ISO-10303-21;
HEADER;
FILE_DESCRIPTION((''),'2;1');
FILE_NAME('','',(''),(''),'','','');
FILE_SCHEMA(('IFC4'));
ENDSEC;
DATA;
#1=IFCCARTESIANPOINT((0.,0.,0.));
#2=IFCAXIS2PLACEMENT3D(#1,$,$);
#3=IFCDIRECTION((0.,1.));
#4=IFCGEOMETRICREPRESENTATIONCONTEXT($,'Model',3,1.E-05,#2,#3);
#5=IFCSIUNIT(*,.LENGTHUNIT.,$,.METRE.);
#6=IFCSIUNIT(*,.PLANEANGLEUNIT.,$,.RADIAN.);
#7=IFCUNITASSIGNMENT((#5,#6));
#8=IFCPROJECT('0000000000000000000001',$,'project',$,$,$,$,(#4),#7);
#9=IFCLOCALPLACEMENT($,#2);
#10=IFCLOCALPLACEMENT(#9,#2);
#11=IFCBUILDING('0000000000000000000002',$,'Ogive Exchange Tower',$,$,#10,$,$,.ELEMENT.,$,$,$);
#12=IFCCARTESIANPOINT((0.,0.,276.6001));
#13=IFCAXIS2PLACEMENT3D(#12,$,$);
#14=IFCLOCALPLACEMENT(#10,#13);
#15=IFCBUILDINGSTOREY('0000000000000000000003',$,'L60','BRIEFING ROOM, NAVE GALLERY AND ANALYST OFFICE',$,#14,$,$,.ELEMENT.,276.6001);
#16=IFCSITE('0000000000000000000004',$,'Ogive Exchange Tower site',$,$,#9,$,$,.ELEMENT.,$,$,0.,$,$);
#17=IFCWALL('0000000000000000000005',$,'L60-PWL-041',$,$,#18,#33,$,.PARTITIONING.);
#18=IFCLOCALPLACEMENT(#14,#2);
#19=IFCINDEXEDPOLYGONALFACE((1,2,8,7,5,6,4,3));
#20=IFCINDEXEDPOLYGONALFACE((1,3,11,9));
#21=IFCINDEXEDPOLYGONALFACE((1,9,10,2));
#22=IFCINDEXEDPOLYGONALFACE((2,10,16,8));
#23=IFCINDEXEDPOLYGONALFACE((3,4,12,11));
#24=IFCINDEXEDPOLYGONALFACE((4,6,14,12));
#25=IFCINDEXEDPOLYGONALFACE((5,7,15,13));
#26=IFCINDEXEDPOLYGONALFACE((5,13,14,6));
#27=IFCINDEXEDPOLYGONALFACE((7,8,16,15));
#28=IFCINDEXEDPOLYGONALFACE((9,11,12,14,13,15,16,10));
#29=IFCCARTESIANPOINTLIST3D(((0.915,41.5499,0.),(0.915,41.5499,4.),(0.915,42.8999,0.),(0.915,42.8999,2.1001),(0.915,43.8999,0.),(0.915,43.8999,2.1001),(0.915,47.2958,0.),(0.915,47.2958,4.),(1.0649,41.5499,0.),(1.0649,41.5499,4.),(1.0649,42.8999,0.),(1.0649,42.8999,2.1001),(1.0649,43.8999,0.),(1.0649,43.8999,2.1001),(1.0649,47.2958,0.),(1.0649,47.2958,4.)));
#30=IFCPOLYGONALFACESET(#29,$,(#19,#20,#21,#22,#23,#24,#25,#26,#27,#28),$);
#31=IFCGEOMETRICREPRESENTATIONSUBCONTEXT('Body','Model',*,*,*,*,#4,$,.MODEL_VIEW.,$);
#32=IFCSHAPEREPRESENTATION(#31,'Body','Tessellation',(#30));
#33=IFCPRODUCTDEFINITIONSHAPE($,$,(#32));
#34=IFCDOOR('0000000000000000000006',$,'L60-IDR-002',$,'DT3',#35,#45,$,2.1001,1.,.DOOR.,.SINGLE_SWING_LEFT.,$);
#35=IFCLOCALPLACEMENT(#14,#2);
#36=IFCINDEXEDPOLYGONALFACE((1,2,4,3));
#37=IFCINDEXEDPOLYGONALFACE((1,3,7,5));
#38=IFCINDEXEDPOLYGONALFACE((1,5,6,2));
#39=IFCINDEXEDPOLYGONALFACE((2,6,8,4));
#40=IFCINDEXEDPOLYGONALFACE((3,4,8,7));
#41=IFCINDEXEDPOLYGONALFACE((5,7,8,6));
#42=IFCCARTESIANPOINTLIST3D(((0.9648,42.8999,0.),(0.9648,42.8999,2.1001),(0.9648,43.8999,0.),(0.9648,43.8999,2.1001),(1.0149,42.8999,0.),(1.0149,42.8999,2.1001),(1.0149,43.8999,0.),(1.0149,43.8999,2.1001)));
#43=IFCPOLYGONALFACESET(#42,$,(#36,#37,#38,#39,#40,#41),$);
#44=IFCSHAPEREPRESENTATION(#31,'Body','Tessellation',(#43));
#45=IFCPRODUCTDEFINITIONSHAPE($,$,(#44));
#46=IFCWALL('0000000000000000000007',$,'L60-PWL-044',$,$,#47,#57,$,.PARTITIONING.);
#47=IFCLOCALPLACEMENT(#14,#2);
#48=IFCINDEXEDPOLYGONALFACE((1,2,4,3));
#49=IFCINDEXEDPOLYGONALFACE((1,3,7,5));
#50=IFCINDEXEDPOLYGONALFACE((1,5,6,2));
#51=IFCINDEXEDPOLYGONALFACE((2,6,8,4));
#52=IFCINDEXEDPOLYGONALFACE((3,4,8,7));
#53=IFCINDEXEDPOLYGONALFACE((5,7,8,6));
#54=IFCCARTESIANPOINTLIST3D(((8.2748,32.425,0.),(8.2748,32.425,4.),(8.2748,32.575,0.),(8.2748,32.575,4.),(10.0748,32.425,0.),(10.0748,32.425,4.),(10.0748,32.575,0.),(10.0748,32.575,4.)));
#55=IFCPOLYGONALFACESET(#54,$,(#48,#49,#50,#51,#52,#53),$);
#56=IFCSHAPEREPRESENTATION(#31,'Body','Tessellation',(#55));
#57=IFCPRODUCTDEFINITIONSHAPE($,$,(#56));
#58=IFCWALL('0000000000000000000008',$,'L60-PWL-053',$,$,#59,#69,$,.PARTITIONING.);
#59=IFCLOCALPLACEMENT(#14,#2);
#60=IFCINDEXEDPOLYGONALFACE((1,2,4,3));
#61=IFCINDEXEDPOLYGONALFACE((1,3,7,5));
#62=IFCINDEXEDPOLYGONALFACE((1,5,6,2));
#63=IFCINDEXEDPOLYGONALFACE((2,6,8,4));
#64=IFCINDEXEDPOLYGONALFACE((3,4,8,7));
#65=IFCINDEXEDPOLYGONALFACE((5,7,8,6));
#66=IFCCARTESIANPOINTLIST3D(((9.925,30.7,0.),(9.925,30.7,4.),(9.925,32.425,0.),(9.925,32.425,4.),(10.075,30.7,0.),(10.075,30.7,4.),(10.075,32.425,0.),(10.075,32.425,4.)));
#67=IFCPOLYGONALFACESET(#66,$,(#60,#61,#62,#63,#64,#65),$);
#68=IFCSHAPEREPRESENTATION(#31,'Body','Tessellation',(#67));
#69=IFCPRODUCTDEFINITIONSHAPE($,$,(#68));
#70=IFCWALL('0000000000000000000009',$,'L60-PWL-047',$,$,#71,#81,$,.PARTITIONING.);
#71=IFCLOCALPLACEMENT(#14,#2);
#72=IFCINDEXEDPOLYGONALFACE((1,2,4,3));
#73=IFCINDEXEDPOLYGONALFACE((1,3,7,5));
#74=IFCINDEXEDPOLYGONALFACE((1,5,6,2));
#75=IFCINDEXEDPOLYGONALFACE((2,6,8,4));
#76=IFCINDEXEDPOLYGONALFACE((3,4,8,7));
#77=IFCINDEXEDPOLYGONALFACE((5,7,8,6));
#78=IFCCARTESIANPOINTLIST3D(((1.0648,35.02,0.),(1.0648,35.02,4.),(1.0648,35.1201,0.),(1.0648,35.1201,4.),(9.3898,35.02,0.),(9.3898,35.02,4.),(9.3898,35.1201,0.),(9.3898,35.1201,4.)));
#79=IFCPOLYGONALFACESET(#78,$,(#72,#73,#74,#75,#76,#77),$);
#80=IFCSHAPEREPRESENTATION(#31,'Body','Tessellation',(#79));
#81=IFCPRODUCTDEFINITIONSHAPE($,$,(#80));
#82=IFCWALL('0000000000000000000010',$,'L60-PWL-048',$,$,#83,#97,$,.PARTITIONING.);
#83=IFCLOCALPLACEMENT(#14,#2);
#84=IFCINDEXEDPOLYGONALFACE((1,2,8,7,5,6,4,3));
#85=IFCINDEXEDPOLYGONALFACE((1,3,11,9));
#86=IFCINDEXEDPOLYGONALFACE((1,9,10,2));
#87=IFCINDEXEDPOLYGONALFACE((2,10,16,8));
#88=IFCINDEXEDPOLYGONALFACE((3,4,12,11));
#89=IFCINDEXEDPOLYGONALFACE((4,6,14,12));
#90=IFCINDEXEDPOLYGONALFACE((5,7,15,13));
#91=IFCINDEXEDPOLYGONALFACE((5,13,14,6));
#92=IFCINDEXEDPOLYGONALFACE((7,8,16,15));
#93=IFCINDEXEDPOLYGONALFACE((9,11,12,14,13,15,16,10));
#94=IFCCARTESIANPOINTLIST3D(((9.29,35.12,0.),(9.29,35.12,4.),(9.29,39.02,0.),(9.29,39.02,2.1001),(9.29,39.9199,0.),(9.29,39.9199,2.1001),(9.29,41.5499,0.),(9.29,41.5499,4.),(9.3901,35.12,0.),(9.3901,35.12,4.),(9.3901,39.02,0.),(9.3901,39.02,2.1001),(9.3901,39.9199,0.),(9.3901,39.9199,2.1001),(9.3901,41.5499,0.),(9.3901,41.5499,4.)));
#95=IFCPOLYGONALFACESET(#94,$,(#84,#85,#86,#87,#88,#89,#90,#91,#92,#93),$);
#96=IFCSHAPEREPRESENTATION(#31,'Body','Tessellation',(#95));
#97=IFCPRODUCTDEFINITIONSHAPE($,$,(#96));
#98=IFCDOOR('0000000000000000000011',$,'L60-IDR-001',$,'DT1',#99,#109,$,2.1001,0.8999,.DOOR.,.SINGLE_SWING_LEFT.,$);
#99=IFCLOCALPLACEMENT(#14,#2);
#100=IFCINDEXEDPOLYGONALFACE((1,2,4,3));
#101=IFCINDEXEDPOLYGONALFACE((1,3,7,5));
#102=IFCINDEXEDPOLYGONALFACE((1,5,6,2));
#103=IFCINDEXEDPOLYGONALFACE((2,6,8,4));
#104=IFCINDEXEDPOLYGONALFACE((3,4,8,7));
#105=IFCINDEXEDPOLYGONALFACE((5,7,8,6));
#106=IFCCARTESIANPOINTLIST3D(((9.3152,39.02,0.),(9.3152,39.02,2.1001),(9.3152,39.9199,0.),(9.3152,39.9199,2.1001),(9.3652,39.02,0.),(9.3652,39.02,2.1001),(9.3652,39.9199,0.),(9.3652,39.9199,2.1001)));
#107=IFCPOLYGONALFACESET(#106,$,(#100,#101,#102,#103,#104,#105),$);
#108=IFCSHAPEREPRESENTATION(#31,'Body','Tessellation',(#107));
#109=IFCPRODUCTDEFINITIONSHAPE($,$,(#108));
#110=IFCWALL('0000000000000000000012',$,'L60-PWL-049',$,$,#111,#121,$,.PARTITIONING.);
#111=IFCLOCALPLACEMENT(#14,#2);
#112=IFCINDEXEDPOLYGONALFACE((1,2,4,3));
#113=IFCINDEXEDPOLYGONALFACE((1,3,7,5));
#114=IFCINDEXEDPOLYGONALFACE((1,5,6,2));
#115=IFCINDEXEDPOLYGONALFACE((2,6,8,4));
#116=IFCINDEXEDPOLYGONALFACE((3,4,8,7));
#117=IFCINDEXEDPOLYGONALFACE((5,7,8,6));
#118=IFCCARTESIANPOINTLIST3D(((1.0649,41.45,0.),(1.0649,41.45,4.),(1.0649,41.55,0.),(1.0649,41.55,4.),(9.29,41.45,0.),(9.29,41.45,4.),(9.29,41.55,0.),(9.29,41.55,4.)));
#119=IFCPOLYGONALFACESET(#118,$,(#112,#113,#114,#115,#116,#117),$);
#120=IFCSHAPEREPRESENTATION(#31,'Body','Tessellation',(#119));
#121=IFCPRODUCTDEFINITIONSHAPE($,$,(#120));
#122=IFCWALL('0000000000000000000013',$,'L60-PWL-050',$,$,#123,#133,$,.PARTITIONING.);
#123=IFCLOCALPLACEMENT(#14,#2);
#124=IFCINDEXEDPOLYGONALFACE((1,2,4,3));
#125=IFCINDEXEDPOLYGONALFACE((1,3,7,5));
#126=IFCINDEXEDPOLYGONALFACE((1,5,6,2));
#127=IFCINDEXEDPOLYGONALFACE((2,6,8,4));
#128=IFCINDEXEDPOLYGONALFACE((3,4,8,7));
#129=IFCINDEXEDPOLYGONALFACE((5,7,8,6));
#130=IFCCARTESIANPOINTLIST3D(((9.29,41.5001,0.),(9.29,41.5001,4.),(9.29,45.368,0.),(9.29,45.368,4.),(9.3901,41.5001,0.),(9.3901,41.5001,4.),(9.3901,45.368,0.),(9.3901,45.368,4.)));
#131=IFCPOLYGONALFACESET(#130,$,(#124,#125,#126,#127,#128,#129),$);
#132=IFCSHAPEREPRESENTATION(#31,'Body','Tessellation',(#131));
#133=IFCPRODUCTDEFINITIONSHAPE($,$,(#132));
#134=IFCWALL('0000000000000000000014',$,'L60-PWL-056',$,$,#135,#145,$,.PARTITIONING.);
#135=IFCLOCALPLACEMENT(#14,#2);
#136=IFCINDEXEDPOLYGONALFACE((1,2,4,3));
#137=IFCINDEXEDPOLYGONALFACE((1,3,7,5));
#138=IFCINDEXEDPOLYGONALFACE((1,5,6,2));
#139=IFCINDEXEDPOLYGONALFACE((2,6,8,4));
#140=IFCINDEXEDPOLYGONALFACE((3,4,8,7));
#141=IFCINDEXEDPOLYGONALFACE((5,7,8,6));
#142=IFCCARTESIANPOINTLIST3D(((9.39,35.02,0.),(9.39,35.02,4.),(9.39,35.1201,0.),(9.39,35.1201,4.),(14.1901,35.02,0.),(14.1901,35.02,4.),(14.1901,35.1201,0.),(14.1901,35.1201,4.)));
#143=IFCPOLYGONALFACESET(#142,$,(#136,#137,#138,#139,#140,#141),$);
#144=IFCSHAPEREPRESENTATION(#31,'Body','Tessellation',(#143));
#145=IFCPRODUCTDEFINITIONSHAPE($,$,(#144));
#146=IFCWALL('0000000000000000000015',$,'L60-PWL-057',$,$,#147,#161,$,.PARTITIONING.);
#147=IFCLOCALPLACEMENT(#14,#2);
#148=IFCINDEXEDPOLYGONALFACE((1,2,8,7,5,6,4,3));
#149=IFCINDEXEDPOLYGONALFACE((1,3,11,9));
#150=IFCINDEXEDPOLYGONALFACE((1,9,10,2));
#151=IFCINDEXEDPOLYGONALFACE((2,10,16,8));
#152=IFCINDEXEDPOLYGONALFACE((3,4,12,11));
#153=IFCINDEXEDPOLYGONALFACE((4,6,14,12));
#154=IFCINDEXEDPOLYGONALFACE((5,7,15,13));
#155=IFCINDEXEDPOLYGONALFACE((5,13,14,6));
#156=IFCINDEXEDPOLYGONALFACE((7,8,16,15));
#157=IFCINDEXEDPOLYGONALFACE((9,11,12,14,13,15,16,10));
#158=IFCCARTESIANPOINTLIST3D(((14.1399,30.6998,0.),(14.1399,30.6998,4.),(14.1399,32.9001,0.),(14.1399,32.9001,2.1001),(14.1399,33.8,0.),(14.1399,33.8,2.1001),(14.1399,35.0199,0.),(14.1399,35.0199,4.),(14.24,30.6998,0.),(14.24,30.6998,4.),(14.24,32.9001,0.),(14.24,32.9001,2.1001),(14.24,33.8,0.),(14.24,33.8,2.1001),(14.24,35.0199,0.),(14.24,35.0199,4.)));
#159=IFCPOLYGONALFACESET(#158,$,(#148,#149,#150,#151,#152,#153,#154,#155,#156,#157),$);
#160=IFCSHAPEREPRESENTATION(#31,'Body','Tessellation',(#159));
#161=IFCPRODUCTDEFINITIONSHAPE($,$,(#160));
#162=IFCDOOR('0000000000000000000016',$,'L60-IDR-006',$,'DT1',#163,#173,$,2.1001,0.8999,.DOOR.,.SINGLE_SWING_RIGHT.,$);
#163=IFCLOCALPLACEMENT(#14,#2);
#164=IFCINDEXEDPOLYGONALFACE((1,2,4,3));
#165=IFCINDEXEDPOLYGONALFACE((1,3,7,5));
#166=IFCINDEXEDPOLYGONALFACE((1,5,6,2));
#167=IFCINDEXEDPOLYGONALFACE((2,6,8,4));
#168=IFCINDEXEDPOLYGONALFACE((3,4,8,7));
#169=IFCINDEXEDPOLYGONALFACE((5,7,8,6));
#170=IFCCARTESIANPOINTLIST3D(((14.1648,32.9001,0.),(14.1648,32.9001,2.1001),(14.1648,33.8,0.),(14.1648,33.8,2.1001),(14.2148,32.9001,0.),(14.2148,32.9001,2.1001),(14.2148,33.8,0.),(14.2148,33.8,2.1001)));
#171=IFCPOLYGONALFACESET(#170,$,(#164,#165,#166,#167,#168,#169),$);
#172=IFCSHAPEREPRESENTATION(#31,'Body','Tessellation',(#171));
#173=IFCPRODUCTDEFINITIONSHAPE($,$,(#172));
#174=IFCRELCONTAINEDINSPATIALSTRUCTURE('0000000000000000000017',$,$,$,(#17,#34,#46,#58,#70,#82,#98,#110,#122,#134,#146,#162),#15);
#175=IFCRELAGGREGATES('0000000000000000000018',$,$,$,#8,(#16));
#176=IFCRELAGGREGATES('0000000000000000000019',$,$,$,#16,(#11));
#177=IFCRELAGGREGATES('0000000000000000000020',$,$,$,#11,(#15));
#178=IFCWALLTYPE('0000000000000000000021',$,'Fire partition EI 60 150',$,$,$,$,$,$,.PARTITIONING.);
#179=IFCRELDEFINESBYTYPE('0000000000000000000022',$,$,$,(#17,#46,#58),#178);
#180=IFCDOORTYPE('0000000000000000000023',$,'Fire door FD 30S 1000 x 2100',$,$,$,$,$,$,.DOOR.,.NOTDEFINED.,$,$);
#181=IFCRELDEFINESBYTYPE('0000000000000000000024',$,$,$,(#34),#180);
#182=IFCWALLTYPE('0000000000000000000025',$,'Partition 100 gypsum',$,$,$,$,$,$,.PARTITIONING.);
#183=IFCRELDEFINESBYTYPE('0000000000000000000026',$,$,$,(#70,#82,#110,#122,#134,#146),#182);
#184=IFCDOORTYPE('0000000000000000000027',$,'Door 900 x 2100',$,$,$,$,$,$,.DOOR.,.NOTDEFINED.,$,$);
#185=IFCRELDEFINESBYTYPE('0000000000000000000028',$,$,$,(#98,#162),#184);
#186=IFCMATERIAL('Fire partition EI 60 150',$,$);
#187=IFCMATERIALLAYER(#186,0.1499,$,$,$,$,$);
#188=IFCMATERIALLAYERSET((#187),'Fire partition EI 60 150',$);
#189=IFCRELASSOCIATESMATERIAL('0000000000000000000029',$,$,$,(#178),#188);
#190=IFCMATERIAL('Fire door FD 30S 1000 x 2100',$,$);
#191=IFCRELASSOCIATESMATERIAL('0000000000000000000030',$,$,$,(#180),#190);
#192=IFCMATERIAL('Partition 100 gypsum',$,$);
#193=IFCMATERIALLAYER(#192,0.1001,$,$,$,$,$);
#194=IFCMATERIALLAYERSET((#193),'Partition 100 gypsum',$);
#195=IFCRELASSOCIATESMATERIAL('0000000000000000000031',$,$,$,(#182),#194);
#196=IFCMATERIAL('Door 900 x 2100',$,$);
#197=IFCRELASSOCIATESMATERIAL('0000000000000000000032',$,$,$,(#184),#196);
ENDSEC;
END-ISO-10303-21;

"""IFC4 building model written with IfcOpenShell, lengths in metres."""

from ifc_helpers import new_model, si_unit, direction, frame, frame_2d, origin, place, context, subcontext, project, spatial, rectangle, extrude, material, layer, layer_set, type_object, element, fill, save


model = new_model("IFC4")

# Units and contexts
model_context = context("Model", 3, precision=1e-05, world=origin(), true_north=direction((0.0, 1.0)))
body_context = subcontext(model_context, "Body", "Model", "MODEL_VIEW")
ifc_project = project(units=[si_unit("LENGTHUNIT", "METRE"), si_unit("PLANEANGLEUNIT", "RADIAN")], contexts=[model_context])

# Site, building, storey
site_placement = place(None, origin())
site = spatial("IfcSite", under=ifc_project, at=site_placement, Name="Ogive Exchange Tower site", CompositionType="ELEMENT", RefElevation=0.0)
building_placement = place(site_placement, origin())
building = spatial("IfcBuilding", under=site, at=building_placement, Name="Ogive Exchange Tower", CompositionType="ELEMENT")
storey_placement = place(building_placement, frame((0.0, 0.0, 276.6001)))
storey = spatial("IfcBuildingStorey", under=building, at=storey_placement, Name="L60", Description="BRIEFING ROOM, NAVE GALLERY AND ANALYST OFFICE", CompositionType="ELEMENT", Elevation=276.6001)

# Wall, opening, door
ifc_material_1 = material(Name="Fire partition EI 60 150")
ifc_layer_1 = layer(ifc_material_1, 0.1499)
ifc_layer_set_1 = layer_set([ifc_layer_1], Name="Fire partition EI 60 150")
wall_type_1 = type_object("IfcWallType", Name="Fire partition EI 60 150", PredefinedType="PARTITIONING", material=ifc_layer_set_1)
ifc_material_2 = material(Name="Fire door FD 30S 1000 x 2100")
door_type_1 = type_object("IfcDoorType", Name="Fire door FD 30S 1000 x 2100", OperationType="NOTDEFINED", PredefinedType="DOOR", material=ifc_material_2)
wall_1_placement = place(storey_placement, frame((0.99, 47.2959, 0.0), z_axis=(0.0, 0.0, 1.0), x_axis=(0.0, -1.0, 0.0)))
wall_1 = element("IfcWall", 1, at=wall_1_placement, inside=storey, type_object=wall_type_1, Name="L60-PWL-041", PredefinedType="PARTITIONING", context=body_context, shape_type="SweptSolid", body=[
    extrude(rectangle(XDim=5.7458, YDim=0.1499, at=frame_2d((2.873, 0.0))), origin(), (0.0, 0.0, 1.0), 4.0),
])
opening_1_placement = place(wall_1_placement, frame((3.396, 0.0, 0.0)))
opening_1 = element("IfcOpeningElement", 2, at=opening_1_placement, cuts=wall_1, PredefinedType="OPENING", context=body_context, shape_type="SweptSolid", body=[
    extrude(rectangle(XDim=1.0, YDim=2.1001, at=frame_2d((0.5, 1.05))), frame((0.0, 0.085, 0.0), z_axis=(0.0, -1.0, 0.0), x_axis=(1.0, 0.0, 0.0)), (0.0, 0.0, 1.0), 0.1699),
])
door_1_placement = place(opening_1_placement, origin())
door_1 = element("IfcDoor", 3, at=door_1_placement, inside=storey, type_object=door_type_1, Name="L60-IDR-002", ObjectType="DT3", OperationType="SINGLE_SWING_LEFT", OverallHeight=2.1001, OverallWidth=1.0, PredefinedType="DOOR", context=body_context, shape_type="SweptSolid", body=[
    extrude(rectangle(XDim=1.0, YDim=2.1001, at=frame_2d((0.5, 1.05))), frame((0.0, 0.0249, 0.0), z_axis=(0.0, -1.0, 0.0), x_axis=(1.0, 0.0, 0.0)), (0.0, 0.0, 1.0), 0.05),
])
fill(opening_1, door_1)

# Walls
wall_2_placement = place(storey_placement, frame((8.2749, 32.5, 0.0), z_axis=(0.0, 0.0, 1.0), x_axis=(1.0, 0.0, 0.0)))
element("IfcWall", 4, at=wall_2_placement, inside=storey, type_object=wall_type_1, Name="L60-PWL-044", PredefinedType="PARTITIONING", context=body_context, shape_type="SweptSolid", body=[
    extrude(rectangle(XDim=1.8, YDim=0.1499, at=frame_2d((0.8999, 0.0))), origin(), (0.0, 0.0, 1.0), 4.0),
])
wall_3_placement = place(storey_placement, frame((10.0, 32.425, 0.0), z_axis=(0.0, 0.0, 1.0), x_axis=(0.0, -1.0, 0.0)))
element("IfcWall", 5, at=wall_3_placement, inside=storey, type_object=wall_type_1, Name="L60-PWL-053", PredefinedType="PARTITIONING", context=body_context, shape_type="SweptSolid", body=[
    extrude(rectangle(XDim=1.7251, YDim=0.1499, at=frame_2d((0.8625, 0.0))), origin(), (0.0, 0.0, 1.0), 4.0),
])
ifc_material_3 = material(Name="Partition 100 gypsum")
ifc_layer_2 = layer(ifc_material_3, 0.1001)
ifc_layer_set_2 = layer_set([ifc_layer_2], Name="Partition 100 gypsum")
wall_type_2 = type_object("IfcWallType", Name="Partition 100 gypsum", PredefinedType="PARTITIONING", material=ifc_layer_set_2)
wall_4_placement = place(storey_placement, frame((9.3899, 35.0701, 0.0), z_axis=(0.0, 0.0, 1.0), x_axis=(-1.0, 0.0, 0.0)))
element("IfcWall", 6, at=wall_4_placement, inside=storey, type_object=wall_type_2, Name="L60-PWL-047", PredefinedType="PARTITIONING", context=body_context, shape_type="SweptSolid", body=[
    extrude(rectangle(XDim=8.325, YDim=0.1001, at=frame_2d((4.1626, 0.0))), origin(), (0.0, 0.0, 1.0), 4.0),
])

# Wall, opening, door
wall_5_placement = place(storey_placement, frame((9.3401, 35.1201, 0.0), z_axis=(0.0, 0.0, 1.0), x_axis=(0.0, 1.0, 0.0)))
wall_5 = element("IfcWall", 7, at=wall_5_placement, inside=storey, type_object=wall_type_2, Name="L60-PWL-048", PredefinedType="PARTITIONING", context=body_context, shape_type="SweptSolid", body=[
    extrude(rectangle(XDim=6.4299, YDim=0.1001, at=frame_2d((3.2148, 0.0))), origin(), (0.0, 0.0, 1.0), 4.0),
])
opening_2_placement = place(wall_5_placement, frame((3.8999, 0.0, 0.0)))
opening_2 = element("IfcOpeningElement", 8, at=opening_2_placement, cuts=wall_5, PredefinedType="OPENING", context=body_context, shape_type="SweptSolid", body=[
    extrude(rectangle(XDim=0.8999, YDim=2.1001, at=frame_2d((0.45, 1.05))), frame((0.0, 0.0601, 0.0), z_axis=(0.0, -1.0, 0.0), x_axis=(1.0, 0.0, 0.0)), (0.0, 0.0, 1.0), 0.1201),
])
ifc_material_4 = material(Name="Door 900 x 2100")
door_type_2 = type_object("IfcDoorType", Name="Door 900 x 2100", OperationType="NOTDEFINED", PredefinedType="DOOR", material=ifc_material_4)
door_2_placement = place(opening_2_placement, origin())
door_2 = element("IfcDoor", 9, at=door_2_placement, inside=storey, type_object=door_type_2, Name="L60-IDR-001", ObjectType="DT1", OperationType="SINGLE_SWING_LEFT", OverallHeight=2.1001, OverallWidth=0.8999, PredefinedType="DOOR", context=body_context, shape_type="SweptSolid", body=[
    extrude(rectangle(XDim=0.8999, YDim=2.1001, at=frame_2d((0.45, 1.05))), frame((0.0, 0.0249, 0.0), z_axis=(0.0, -1.0, 0.0), x_axis=(1.0, 0.0, 0.0)), (0.0, 0.0, 1.0), 0.05),
])
fill(opening_2, door_2)

# Walls
wall_6_placement = place(storey_placement, frame((9.29, 41.5, 0.0), z_axis=(0.0, 0.0, 1.0), x_axis=(-1.0, 0.0, 0.0)))
element("IfcWall", 10, at=wall_6_placement, inside=storey, type_object=wall_type_2, Name="L60-PWL-049", PredefinedType="PARTITIONING", context=body_context, shape_type="SweptSolid", body=[
    extrude(rectangle(XDim=8.2251, YDim=0.1001, at=frame_2d((4.1125, 0.0))), origin(), (0.0, 0.0, 1.0), 4.0),
])
wall_7_placement = place(storey_placement, frame((9.3401, 41.5, 0.0), z_axis=(0.0, 0.0, 1.0), x_axis=(0.0, 1.0, 0.0)))
element("IfcWall", 11, at=wall_7_placement, inside=storey, type_object=wall_type_2, Name="L60-PWL-050", PredefinedType="PARTITIONING", context=body_context, shape_type="SweptSolid", body=[
    extrude(rectangle(XDim=3.8679, YDim=0.1001, at=frame_2d((1.9341, 0.0))), origin(), (0.0, 0.0, 1.0), 4.0),
])
wall_8_placement = place(storey_placement, frame((14.1899, 35.0701, 0.0), z_axis=(0.0, 0.0, 1.0), x_axis=(-1.0, 0.0, 0.0)))
element("IfcWall", 12, at=wall_8_placement, inside=storey, type_object=wall_type_2, Name="L60-PWL-056", PredefinedType="PARTITIONING", context=body_context, shape_type="SweptSolid", body=[
    extrude(rectangle(XDim=4.8, YDim=0.1001, at=frame_2d((2.3999, 0.0))), origin(), (0.0, 0.0, 1.0), 4.0),
])

# Wall, opening, door
wall_9_placement = place(storey_placement, frame((14.1899, 35.02, 0.0), z_axis=(0.0, 0.0, 1.0), x_axis=(0.0, -1.0, 0.0)))
wall_9 = element("IfcWall", 13, at=wall_9_placement, inside=storey, type_object=wall_type_2, Name="L60-PWL-057", PredefinedType="PARTITIONING", context=body_context, shape_type="SweptSolid", body=[
    extrude(rectangle(XDim=4.3201, YDim=0.1001, at=frame_2d((2.1602, 0.0))), origin(), (0.0, 0.0, 1.0), 4.0),
])
opening_3_placement = place(wall_9_placement, frame((1.22, 0.0, 0.0)))
opening_3 = element("IfcOpeningElement", 14, at=opening_3_placement, cuts=wall_9, PredefinedType="OPENING", context=body_context, shape_type="SweptSolid", body=[
    extrude(rectangle(XDim=0.8999, YDim=2.1001, at=frame_2d((0.45, 1.05))), frame((0.0, 0.0601, 0.0), z_axis=(0.0, -1.0, 0.0), x_axis=(1.0, 0.0, 0.0)), (0.0, 0.0, 1.0), 0.1201),
])
door_3_placement = place(opening_3_placement, origin())
door_3 = element("IfcDoor", 15, at=door_3_placement, inside=storey, type_object=door_type_2, Name="L60-IDR-006", ObjectType="DT1", OperationType="SINGLE_SWING_RIGHT", OverallHeight=2.1001, OverallWidth=0.8999, PredefinedType="DOOR", context=body_context, shape_type="SweptSolid", body=[
    extrude(rectangle(XDim=0.8999, YDim=2.1001, at=frame_2d((0.45, 1.05))), frame((0.0, 0.0249, 0.0), z_axis=(0.0, -1.0, 0.0), x_axis=(1.0, 0.0, 0.0)), (0.0, 0.0, 1.0), 0.05),
])
fill(opening_3, door_3)

save(model, "model.ifc")
